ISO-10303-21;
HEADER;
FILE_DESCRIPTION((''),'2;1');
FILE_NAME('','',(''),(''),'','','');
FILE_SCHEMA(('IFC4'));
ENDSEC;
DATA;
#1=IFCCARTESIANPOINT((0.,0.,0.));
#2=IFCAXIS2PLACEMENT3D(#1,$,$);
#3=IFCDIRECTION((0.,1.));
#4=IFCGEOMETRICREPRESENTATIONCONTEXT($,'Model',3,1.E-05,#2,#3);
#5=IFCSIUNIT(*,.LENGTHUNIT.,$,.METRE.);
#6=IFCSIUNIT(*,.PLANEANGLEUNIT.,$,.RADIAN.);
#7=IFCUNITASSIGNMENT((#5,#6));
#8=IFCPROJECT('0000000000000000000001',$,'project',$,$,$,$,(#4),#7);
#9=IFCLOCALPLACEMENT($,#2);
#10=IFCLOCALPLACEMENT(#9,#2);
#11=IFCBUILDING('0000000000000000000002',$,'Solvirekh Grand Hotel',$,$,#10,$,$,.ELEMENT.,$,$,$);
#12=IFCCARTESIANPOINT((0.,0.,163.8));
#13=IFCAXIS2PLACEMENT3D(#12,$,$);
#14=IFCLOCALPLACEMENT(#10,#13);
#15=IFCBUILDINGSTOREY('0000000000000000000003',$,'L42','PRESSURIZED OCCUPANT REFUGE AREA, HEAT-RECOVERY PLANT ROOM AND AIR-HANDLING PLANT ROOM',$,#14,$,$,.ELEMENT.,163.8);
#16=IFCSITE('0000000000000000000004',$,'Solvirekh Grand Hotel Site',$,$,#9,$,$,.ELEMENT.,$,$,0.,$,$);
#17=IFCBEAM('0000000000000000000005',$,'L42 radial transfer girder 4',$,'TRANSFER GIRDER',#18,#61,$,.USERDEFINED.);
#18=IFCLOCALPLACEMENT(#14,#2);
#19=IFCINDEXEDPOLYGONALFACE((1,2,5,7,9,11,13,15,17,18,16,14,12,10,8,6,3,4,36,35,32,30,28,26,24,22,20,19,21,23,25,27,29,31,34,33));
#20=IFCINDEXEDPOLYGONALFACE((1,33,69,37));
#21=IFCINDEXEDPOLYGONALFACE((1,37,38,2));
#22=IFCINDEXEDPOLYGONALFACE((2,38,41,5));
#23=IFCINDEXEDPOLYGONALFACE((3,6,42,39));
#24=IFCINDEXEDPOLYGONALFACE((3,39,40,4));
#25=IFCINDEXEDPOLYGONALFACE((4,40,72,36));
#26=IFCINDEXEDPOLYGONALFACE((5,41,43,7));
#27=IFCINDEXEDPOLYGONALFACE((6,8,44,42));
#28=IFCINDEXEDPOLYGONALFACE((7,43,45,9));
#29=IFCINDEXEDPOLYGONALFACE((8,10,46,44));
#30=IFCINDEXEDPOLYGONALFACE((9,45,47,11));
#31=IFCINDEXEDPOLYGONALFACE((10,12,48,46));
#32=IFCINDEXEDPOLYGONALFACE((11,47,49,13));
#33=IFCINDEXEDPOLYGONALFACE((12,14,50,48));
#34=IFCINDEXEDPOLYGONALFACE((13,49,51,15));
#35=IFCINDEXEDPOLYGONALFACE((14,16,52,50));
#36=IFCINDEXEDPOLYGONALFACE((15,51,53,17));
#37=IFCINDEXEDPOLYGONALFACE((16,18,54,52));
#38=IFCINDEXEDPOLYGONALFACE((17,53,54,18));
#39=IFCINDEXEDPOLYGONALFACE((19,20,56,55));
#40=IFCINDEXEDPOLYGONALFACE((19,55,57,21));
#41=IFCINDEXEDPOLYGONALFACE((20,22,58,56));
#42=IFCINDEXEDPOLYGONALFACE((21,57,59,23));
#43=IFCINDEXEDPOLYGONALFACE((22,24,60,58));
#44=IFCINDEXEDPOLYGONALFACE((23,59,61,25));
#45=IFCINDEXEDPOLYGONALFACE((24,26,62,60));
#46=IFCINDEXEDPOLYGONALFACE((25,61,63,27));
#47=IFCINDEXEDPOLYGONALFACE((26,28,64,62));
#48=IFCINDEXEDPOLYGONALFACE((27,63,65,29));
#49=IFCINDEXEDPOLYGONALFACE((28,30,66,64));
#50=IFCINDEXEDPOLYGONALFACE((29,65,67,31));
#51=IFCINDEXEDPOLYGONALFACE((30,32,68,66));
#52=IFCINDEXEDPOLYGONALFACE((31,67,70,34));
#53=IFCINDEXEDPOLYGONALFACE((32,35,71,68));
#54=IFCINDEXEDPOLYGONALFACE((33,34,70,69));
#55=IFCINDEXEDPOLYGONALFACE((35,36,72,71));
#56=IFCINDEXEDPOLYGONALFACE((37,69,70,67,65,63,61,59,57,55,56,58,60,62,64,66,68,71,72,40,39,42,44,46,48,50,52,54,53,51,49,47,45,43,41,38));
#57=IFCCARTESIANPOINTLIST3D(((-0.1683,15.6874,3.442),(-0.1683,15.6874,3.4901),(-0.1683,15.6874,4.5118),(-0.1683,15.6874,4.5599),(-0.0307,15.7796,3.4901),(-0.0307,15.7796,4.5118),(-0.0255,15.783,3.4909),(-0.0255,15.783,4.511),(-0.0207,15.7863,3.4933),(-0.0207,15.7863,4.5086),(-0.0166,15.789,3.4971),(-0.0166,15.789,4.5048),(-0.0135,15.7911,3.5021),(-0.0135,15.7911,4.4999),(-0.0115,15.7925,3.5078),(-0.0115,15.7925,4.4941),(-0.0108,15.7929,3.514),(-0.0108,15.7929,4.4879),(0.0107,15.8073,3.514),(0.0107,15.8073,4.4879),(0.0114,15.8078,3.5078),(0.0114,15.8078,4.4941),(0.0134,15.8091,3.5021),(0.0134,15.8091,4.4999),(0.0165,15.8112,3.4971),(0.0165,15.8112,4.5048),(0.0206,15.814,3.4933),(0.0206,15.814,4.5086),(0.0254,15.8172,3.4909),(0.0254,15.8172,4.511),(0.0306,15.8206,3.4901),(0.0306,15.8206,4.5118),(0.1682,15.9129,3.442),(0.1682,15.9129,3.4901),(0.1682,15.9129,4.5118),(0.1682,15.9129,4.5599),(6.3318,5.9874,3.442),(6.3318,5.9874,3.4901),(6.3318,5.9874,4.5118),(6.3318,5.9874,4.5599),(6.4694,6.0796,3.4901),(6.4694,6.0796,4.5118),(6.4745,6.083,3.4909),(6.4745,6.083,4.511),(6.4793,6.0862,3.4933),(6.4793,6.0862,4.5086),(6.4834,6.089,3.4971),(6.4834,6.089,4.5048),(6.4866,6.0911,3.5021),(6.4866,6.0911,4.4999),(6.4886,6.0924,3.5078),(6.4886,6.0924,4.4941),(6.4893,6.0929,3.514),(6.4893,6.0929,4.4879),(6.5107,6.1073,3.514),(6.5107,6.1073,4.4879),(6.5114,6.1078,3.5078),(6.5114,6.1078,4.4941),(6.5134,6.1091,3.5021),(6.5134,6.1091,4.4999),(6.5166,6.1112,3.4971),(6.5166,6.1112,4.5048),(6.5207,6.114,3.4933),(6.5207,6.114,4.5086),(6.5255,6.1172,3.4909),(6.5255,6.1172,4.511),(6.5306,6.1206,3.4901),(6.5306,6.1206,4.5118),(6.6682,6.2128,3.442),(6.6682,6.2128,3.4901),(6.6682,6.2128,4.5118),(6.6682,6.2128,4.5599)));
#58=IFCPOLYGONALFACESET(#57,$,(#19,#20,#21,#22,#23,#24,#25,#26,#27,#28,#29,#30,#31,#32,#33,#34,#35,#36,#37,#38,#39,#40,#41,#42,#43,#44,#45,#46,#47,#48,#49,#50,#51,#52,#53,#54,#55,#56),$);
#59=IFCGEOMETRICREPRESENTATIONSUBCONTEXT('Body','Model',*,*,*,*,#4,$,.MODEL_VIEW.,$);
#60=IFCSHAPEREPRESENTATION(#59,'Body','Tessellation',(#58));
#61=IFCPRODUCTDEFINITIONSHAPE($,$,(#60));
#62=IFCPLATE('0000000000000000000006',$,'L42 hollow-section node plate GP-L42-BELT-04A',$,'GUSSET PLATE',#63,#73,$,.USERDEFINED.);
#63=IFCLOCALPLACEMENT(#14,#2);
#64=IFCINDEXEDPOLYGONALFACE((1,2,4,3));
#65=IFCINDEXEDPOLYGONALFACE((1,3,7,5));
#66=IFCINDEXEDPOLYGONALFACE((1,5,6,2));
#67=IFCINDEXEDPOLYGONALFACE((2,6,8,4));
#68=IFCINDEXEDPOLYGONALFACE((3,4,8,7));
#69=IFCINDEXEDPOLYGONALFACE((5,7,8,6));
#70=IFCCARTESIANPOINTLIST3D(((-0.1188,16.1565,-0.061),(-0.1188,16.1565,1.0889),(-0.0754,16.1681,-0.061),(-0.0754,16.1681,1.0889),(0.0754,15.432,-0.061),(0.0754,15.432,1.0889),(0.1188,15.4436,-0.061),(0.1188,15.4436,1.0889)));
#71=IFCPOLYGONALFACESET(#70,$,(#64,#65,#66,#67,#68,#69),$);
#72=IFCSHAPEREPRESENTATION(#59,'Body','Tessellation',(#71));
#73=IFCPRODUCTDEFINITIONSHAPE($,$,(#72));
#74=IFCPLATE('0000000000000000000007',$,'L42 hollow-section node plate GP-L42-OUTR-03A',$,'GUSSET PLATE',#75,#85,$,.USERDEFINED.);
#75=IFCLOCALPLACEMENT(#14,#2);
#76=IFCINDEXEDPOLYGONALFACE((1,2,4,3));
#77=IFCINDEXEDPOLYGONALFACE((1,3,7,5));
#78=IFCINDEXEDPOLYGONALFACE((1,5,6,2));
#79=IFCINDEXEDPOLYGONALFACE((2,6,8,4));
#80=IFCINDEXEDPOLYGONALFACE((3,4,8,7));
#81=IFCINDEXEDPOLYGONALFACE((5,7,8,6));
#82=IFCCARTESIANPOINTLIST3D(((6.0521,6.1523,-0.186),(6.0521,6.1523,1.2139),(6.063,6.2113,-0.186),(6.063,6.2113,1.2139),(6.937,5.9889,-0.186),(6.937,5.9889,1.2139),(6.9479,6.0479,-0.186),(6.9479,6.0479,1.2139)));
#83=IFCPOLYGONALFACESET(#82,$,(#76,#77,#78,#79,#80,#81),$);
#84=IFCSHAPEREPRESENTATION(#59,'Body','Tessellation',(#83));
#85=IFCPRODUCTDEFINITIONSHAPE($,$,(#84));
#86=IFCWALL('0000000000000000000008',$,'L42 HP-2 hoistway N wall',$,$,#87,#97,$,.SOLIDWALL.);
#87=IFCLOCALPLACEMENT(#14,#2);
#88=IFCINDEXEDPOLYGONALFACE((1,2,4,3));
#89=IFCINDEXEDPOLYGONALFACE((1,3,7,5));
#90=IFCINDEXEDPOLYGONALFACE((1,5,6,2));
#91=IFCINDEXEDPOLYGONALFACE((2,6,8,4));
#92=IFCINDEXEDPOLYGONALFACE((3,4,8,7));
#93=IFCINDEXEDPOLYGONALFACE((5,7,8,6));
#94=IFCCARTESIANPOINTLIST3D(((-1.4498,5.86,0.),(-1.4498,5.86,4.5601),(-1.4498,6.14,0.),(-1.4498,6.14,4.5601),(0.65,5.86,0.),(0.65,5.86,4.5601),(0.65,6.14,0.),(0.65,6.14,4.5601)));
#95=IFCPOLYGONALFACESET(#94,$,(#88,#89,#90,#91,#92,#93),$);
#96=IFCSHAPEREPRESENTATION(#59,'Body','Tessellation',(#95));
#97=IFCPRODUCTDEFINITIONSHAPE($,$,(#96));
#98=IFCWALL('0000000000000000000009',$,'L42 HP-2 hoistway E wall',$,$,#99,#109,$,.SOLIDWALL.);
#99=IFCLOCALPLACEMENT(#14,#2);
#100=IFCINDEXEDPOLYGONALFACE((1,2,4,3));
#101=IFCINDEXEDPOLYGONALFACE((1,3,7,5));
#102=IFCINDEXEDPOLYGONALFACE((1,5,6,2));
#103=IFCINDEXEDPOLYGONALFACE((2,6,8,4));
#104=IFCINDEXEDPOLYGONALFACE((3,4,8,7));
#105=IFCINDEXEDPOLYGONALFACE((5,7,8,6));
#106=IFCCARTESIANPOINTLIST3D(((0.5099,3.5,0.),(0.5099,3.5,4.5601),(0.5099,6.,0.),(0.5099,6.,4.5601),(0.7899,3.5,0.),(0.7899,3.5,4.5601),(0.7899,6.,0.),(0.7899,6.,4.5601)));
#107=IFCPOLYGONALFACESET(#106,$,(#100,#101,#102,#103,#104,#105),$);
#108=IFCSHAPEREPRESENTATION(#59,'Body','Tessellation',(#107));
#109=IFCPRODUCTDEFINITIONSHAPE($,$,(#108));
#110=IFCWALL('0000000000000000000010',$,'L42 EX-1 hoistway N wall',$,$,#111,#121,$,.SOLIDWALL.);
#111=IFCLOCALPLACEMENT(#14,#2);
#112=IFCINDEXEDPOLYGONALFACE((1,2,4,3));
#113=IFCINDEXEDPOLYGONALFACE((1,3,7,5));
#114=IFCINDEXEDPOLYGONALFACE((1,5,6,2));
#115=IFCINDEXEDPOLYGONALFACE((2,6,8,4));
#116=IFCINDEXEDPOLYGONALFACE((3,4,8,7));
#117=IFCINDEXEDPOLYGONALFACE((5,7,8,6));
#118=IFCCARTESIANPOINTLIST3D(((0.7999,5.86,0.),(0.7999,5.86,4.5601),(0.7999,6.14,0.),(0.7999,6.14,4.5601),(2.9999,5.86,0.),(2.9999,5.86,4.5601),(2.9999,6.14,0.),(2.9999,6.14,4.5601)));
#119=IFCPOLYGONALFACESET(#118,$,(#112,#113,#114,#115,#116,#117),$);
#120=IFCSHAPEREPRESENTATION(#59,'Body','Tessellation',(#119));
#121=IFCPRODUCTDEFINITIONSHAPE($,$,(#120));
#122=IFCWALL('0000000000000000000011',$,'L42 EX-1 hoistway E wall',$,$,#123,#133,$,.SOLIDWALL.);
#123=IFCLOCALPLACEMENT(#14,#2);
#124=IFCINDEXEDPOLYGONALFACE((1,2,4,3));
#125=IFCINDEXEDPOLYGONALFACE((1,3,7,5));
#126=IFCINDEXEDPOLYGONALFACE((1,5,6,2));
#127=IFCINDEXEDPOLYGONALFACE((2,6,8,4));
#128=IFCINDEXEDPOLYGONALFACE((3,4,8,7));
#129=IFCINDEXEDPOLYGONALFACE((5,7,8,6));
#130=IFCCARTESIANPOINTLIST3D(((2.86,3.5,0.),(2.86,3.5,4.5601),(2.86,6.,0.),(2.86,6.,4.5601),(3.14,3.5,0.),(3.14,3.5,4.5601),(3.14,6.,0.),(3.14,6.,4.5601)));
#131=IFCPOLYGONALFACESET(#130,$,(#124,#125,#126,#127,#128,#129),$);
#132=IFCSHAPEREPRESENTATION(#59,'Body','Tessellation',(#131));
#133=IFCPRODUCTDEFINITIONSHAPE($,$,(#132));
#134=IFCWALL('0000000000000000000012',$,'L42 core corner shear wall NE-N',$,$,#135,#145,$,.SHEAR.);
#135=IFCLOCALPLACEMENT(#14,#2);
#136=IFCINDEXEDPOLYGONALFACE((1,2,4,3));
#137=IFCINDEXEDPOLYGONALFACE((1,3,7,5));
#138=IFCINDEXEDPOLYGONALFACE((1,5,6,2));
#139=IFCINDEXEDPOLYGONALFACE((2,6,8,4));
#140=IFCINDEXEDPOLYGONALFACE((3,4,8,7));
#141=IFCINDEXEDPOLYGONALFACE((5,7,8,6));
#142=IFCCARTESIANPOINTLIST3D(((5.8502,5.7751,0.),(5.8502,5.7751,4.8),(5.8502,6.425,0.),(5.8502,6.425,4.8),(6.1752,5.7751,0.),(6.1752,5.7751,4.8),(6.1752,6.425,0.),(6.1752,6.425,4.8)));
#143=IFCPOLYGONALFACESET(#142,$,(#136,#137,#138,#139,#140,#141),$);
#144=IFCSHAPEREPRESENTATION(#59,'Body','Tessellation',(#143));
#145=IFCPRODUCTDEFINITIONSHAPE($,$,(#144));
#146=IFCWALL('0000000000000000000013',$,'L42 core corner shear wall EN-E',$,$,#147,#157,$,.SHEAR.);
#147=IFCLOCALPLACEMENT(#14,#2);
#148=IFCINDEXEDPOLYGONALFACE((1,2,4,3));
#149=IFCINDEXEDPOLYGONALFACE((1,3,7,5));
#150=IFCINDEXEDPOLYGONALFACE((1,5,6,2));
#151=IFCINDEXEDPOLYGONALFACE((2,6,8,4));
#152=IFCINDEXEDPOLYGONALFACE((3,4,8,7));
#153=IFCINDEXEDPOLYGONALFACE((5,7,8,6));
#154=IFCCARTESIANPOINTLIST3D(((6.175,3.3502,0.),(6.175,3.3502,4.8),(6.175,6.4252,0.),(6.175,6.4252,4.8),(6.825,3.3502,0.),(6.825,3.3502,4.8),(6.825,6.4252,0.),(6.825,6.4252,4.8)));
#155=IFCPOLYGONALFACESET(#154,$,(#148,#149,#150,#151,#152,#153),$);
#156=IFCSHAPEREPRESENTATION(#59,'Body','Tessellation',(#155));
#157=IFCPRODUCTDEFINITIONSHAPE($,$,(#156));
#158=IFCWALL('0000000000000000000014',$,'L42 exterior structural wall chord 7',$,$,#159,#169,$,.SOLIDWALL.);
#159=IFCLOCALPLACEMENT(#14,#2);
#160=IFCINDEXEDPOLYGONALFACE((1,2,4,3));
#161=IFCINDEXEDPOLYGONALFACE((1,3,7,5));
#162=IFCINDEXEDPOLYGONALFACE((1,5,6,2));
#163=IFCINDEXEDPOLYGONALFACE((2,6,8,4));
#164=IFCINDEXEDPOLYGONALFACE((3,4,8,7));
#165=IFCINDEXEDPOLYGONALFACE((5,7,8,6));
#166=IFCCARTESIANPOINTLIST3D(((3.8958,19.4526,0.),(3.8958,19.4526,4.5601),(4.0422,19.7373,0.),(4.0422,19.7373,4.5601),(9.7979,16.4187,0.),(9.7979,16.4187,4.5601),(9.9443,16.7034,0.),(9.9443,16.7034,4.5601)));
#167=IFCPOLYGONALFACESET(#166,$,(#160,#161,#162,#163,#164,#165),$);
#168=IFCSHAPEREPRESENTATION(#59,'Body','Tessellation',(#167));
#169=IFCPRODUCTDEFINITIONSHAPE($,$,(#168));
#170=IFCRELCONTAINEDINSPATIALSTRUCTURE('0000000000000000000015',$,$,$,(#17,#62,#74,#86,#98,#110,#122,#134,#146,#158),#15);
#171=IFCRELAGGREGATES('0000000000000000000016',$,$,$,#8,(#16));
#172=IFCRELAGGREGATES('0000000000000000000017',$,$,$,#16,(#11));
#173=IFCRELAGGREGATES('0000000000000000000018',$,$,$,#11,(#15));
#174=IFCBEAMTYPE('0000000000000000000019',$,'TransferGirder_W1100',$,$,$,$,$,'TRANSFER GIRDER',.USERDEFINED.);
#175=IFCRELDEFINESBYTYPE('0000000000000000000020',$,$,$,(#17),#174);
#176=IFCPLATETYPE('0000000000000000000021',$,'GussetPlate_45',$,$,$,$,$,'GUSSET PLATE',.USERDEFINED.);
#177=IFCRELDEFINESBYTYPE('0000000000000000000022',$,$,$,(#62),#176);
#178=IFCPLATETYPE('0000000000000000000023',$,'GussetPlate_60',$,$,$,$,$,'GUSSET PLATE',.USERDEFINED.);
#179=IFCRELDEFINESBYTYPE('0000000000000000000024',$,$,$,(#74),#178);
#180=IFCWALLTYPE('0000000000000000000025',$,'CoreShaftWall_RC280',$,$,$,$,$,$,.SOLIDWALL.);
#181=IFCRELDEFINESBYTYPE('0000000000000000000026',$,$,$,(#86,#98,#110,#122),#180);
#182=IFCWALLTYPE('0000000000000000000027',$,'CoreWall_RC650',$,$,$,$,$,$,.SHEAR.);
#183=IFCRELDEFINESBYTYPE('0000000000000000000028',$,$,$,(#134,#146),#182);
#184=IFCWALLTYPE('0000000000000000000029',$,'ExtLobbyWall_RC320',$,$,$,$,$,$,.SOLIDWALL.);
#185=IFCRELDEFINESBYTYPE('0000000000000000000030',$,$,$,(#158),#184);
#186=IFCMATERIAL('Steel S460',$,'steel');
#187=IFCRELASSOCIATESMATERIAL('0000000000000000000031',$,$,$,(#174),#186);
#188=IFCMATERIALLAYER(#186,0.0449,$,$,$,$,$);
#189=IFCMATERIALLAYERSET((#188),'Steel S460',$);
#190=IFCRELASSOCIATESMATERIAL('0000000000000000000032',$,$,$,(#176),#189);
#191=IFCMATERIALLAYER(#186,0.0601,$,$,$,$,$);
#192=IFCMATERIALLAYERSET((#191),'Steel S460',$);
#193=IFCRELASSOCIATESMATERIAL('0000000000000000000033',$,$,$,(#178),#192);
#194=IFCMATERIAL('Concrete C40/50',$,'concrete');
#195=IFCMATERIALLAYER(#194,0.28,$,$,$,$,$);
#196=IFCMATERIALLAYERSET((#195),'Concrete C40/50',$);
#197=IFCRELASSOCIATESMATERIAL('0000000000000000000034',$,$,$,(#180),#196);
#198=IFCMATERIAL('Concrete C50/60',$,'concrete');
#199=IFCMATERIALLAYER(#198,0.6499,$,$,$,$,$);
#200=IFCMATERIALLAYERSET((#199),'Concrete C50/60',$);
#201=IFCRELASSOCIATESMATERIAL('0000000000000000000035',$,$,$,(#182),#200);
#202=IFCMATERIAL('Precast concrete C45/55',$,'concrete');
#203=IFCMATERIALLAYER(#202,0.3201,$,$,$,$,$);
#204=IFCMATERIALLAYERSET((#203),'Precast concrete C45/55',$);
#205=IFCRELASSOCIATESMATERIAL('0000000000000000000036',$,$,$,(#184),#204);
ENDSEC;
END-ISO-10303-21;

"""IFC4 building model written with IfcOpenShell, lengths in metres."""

from ifc_helpers import new_model, si_unit, direction, frame, frame_2d, origin, origin_2d, place, context, subcontext, project, spatial, rectangle, i_section, extrude, material, layer, layer_set, material_profile, profile_set, type_object, element, save


model = new_model("IFC4")

# Units and contexts
model_context = context("Model", 3, precision=1e-05, world=origin(), true_north=direction((0.0, 1.0)))
body_context = subcontext(model_context, "Body", "Model", "MODEL_VIEW")
ifc_project = project(units=[si_unit("LENGTHUNIT", "METRE"), si_unit("PLANEANGLEUNIT", "RADIAN")], contexts=[model_context])

# Site, building, storey
site_placement = place(None, origin())
site = spatial("IfcSite", under=ifc_project, at=site_placement, Name="Solvirekh Grand Hotel Site", CompositionType="ELEMENT", RefElevation=0.0)
building_placement = place(site_placement, origin())
building = spatial("IfcBuilding", under=site, at=building_placement, Name="Solvirekh Grand Hotel", CompositionType="ELEMENT")
storey_placement = place(building_placement, frame((0.0, 0.0, 163.8)))
storey = spatial("IfcBuildingStorey", under=building, at=storey_placement, Name="L42", Description="PRESSURIZED OCCUPANT REFUGE AREA, HEAT-RECOVERY PLANT ROOM AND AIR-HANDLING PLANT ROOM", CompositionType="ELEMENT", Elevation=163.8)

# Shared definitions
ifc_material_1 = material(Name="Concrete C50/60", Category="concrete")

# Shared definitions
ifc_material_2 = material(Name="Steel S460", Category="steel")

# Beam
ifc_material_profile_1 = material_profile(ifc_material_2, i_section(OverallWidth=0.405, OverallDepth=1.1179, WebThickness=0.0259, FlangeThickness=0.0481, FilletRadius=0.0239, at=origin_2d()), Name="W1100X499")
ifc_profile_set_1 = profile_set([ifc_material_profile_1], Name="Steel S460")
beam_type_1 = type_object("IfcBeamType", Name="TransferGirder_W1100", ElementType="TRANSFER GIRDER", PredefinedType="USERDEFINED", material=ifc_profile_set_1)
beam_1_placement = place(storey_placement, frame((6.5, 6.1001, 4.001), z_axis=(-0.556677, 0.830729, 0.0), x_axis=(-0.830729, -0.556677, 0.0)))
element("IfcBeam", 1, at=beam_1_placement, inside=storey, type_object=beam_type_1, Name="L42 radial transfer girder 4", ObjectType="TRANSFER GIRDER", PredefinedType="USERDEFINED", context=body_context, shape_type="SweptSolid", body=[
    extrude(i_section(OverallWidth=0.405, OverallDepth=1.1179, WebThickness=0.0259, FlangeThickness=0.0481, FilletRadius=0.0239, at=origin_2d()), origin(), (0.0, 0.0, 1.0), 11.6765),
])

# Plates
ifc_layer_1 = layer(ifc_material_2, 0.0449)
ifc_layer_set_1 = layer_set([ifc_layer_1], Name="Steel S460")
plate_type_1 = type_object("IfcPlateType", Name="GussetPlate_45", ElementType="GUSSET PLATE", PredefinedType="USERDEFINED", material=ifc_layer_set_1)
plate_1_placement = place(storey_placement, frame((0.0, 15.8, -0.061), z_axis=(0.0, 0.0, 1.0), x_axis=(-0.965926, -0.258819, 0.0)))
element("IfcPlate", 2, at=plate_1_placement, inside=storey, type_object=plate_type_1, Name="L42 hollow-section node plate GP-L42-BELT-04A", ObjectType="GUSSET PLATE", PredefinedType="USERDEFINED", context=body_context, shape_type="SweptSolid", body=[
    extrude(rectangle(XDim=0.0449, YDim=0.75, at=origin_2d()), origin(), (0.0, 0.0, 1.0), 1.1499),
])
ifc_layer_2 = layer(ifc_material_2, 0.0601)
ifc_layer_set_2 = layer_set([ifc_layer_2], Name="Steel S460")
plate_type_2 = type_object("IfcPlateType", Name="GussetPlate_60", ElementType="GUSSET PLATE", PredefinedType="USERDEFINED", material=ifc_layer_set_2)
plate_2_placement = place(storey_placement, frame((6.5, 6.1001, -0.186), z_axis=(0.0, 0.0, 1.0), x_axis=(0.181549, 0.983382, 0.0)))
element("IfcPlate", 3, at=plate_2_placement, inside=storey, type_object=plate_type_2, Name="L42 hollow-section node plate GP-L42-OUTR-03A", ObjectType="GUSSET PLATE", PredefinedType="USERDEFINED", context=body_context, shape_type="SweptSolid", body=[
    extrude(rectangle(XDim=0.0601, YDim=0.8999, at=origin_2d()), origin(), (0.0, 0.0, 1.0), 1.3999),
])

# Walls
ifc_material_3 = material(Name="Concrete C40/50", Category="concrete")
ifc_layer_3 = layer(ifc_material_3, 0.28)
ifc_layer_set_3 = layer_set([ifc_layer_3], Name="Concrete C40/50")
wall_type_1 = type_object("IfcWallType", Name="CoreShaftWall_RC280", PredefinedType="SOLIDWALL", material=ifc_layer_set_3)
wall_1_placement = place(storey_placement, frame((0.6499, 6.0, 0.0), z_axis=(0.0, 0.0, 1.0), x_axis=(-1.0, 0.0, 0.0)))
element("IfcWall", 4, at=wall_1_placement, inside=storey, type_object=wall_type_1, Name="L42 HP-2 hoistway N wall", PredefinedType="SOLIDWALL", context=body_context, shape_type="SweptSolid", body=[
    extrude(rectangle(XDim=2.0999, YDim=0.28, at=frame_2d((1.0498, 0.0))), origin(), (0.0, 0.0, 1.0), 4.5601),
])
wall_2_placement = place(storey_placement, frame((0.6499, 3.5, 0.0), z_axis=(0.0, 0.0, 1.0), x_axis=(0.0, 1.0, 0.0)))
element("IfcWall", 5, at=wall_2_placement, inside=storey, type_object=wall_type_1, Name="L42 HP-2 hoistway E wall", PredefinedType="SOLIDWALL", context=body_context, shape_type="SweptSolid", body=[
    extrude(rectangle(XDim=2.5, YDim=0.28, at=frame_2d((1.25, 0.0))), origin(), (0.0, 0.0, 1.0), 4.5601),
])
wall_3_placement = place(storey_placement, frame((3.0, 6.0, 0.0), z_axis=(0.0, 0.0, 1.0), x_axis=(-1.0, 0.0, 0.0)))
element("IfcWall", 6, at=wall_3_placement, inside=storey, type_object=wall_type_1, Name="L42 EX-1 hoistway N wall", PredefinedType="SOLIDWALL", context=body_context, shape_type="SweptSolid", body=[
    extrude(rectangle(XDim=2.2, YDim=0.28, at=frame_2d((1.1001, 0.0))), origin(), (0.0, 0.0, 1.0), 4.5601),
])
wall_4_placement = place(storey_placement, frame((3.0, 3.5, 0.0), z_axis=(0.0, 0.0, 1.0), x_axis=(0.0, 1.0, 0.0)))
element("IfcWall", 7, at=wall_4_placement, inside=storey, type_object=wall_type_1, Name="L42 EX-1 hoistway E wall", PredefinedType="SOLIDWALL", context=body_context, shape_type="SweptSolid", body=[
    extrude(rectangle(XDim=2.5, YDim=0.28, at=frame_2d((1.25, 0.0))), origin(), (0.0, 0.0, 1.0), 4.5601),
])
ifc_layer_4 = layer(ifc_material_1, 0.6499)
ifc_layer_set_4 = layer_set([ifc_layer_4], Name="Concrete C50/60")
wall_type_2 = type_object("IfcWallType", Name="CoreWall_RC650", PredefinedType="SHEAR", material=ifc_layer_set_4)
wall_5_placement = place(storey_placement, frame((5.8501, 6.1001, 0.0), z_axis=(0.0, 0.0, 1.0), x_axis=(1.0, 0.0, 0.0)))
element("IfcWall", 8, at=wall_5_placement, inside=storey, type_object=wall_type_2, Name="L42 core corner shear wall NE-N", PredefinedType="SHEAR", context=body_context, shape_type="SweptSolid", body=[
    extrude(rectangle(XDim=0.325, YDim=0.6499, at=frame_2d((0.1626, 0.0))), origin(), (0.0, 0.0, 1.0), 4.8),
])
wall_6_placement = place(storey_placement, frame((6.5, 3.3501, 0.0), z_axis=(0.0, 0.0, 1.0), x_axis=(0.0, 1.0, 0.0)))
element("IfcWall", 9, at=wall_6_placement, inside=storey, type_object=wall_type_2, Name="L42 core corner shear wall EN-E", PredefinedType="SHEAR", context=body_context, shape_type="SweptSolid", body=[
    extrude(rectangle(XDim=3.075, YDim=0.6499, at=frame_2d((1.5376, 0.0))), origin(), (0.0, 0.0, 1.0), 4.8),
])
ifc_material_4 = material(Name="Precast concrete C45/55", Category="concrete")
ifc_layer_5 = layer(ifc_material_4, 0.3201)
ifc_layer_set_5 = layer_set([ifc_layer_5], Name="Precast concrete C45/55")
wall_type_3 = type_object("IfcWallType", Name="ExtLobbyWall_RC320", PredefinedType="SOLIDWALL", material=ifc_layer_set_5)
wall_7_placement = place(storey_placement, frame((3.969, 19.595, 0.0), z_axis=(0.0, 0.0, 1.0), x_axis=(0.889375, -0.457178, 0.0)))
element("IfcWall", 10, at=wall_7_placement, inside=storey, type_object=wall_type_3, Name="L42 exterior structural wall chord 7", PredefinedType="SOLIDWALL", context=body_context, shape_type="SweptSolid", body=[
    extrude(rectangle(XDim=6.6362, YDim=0.3201, at=frame_2d((3.3181, 0.0))), origin(), (0.0, 0.0, 1.0), 4.5601),
])

save(model, "model.ifc")
